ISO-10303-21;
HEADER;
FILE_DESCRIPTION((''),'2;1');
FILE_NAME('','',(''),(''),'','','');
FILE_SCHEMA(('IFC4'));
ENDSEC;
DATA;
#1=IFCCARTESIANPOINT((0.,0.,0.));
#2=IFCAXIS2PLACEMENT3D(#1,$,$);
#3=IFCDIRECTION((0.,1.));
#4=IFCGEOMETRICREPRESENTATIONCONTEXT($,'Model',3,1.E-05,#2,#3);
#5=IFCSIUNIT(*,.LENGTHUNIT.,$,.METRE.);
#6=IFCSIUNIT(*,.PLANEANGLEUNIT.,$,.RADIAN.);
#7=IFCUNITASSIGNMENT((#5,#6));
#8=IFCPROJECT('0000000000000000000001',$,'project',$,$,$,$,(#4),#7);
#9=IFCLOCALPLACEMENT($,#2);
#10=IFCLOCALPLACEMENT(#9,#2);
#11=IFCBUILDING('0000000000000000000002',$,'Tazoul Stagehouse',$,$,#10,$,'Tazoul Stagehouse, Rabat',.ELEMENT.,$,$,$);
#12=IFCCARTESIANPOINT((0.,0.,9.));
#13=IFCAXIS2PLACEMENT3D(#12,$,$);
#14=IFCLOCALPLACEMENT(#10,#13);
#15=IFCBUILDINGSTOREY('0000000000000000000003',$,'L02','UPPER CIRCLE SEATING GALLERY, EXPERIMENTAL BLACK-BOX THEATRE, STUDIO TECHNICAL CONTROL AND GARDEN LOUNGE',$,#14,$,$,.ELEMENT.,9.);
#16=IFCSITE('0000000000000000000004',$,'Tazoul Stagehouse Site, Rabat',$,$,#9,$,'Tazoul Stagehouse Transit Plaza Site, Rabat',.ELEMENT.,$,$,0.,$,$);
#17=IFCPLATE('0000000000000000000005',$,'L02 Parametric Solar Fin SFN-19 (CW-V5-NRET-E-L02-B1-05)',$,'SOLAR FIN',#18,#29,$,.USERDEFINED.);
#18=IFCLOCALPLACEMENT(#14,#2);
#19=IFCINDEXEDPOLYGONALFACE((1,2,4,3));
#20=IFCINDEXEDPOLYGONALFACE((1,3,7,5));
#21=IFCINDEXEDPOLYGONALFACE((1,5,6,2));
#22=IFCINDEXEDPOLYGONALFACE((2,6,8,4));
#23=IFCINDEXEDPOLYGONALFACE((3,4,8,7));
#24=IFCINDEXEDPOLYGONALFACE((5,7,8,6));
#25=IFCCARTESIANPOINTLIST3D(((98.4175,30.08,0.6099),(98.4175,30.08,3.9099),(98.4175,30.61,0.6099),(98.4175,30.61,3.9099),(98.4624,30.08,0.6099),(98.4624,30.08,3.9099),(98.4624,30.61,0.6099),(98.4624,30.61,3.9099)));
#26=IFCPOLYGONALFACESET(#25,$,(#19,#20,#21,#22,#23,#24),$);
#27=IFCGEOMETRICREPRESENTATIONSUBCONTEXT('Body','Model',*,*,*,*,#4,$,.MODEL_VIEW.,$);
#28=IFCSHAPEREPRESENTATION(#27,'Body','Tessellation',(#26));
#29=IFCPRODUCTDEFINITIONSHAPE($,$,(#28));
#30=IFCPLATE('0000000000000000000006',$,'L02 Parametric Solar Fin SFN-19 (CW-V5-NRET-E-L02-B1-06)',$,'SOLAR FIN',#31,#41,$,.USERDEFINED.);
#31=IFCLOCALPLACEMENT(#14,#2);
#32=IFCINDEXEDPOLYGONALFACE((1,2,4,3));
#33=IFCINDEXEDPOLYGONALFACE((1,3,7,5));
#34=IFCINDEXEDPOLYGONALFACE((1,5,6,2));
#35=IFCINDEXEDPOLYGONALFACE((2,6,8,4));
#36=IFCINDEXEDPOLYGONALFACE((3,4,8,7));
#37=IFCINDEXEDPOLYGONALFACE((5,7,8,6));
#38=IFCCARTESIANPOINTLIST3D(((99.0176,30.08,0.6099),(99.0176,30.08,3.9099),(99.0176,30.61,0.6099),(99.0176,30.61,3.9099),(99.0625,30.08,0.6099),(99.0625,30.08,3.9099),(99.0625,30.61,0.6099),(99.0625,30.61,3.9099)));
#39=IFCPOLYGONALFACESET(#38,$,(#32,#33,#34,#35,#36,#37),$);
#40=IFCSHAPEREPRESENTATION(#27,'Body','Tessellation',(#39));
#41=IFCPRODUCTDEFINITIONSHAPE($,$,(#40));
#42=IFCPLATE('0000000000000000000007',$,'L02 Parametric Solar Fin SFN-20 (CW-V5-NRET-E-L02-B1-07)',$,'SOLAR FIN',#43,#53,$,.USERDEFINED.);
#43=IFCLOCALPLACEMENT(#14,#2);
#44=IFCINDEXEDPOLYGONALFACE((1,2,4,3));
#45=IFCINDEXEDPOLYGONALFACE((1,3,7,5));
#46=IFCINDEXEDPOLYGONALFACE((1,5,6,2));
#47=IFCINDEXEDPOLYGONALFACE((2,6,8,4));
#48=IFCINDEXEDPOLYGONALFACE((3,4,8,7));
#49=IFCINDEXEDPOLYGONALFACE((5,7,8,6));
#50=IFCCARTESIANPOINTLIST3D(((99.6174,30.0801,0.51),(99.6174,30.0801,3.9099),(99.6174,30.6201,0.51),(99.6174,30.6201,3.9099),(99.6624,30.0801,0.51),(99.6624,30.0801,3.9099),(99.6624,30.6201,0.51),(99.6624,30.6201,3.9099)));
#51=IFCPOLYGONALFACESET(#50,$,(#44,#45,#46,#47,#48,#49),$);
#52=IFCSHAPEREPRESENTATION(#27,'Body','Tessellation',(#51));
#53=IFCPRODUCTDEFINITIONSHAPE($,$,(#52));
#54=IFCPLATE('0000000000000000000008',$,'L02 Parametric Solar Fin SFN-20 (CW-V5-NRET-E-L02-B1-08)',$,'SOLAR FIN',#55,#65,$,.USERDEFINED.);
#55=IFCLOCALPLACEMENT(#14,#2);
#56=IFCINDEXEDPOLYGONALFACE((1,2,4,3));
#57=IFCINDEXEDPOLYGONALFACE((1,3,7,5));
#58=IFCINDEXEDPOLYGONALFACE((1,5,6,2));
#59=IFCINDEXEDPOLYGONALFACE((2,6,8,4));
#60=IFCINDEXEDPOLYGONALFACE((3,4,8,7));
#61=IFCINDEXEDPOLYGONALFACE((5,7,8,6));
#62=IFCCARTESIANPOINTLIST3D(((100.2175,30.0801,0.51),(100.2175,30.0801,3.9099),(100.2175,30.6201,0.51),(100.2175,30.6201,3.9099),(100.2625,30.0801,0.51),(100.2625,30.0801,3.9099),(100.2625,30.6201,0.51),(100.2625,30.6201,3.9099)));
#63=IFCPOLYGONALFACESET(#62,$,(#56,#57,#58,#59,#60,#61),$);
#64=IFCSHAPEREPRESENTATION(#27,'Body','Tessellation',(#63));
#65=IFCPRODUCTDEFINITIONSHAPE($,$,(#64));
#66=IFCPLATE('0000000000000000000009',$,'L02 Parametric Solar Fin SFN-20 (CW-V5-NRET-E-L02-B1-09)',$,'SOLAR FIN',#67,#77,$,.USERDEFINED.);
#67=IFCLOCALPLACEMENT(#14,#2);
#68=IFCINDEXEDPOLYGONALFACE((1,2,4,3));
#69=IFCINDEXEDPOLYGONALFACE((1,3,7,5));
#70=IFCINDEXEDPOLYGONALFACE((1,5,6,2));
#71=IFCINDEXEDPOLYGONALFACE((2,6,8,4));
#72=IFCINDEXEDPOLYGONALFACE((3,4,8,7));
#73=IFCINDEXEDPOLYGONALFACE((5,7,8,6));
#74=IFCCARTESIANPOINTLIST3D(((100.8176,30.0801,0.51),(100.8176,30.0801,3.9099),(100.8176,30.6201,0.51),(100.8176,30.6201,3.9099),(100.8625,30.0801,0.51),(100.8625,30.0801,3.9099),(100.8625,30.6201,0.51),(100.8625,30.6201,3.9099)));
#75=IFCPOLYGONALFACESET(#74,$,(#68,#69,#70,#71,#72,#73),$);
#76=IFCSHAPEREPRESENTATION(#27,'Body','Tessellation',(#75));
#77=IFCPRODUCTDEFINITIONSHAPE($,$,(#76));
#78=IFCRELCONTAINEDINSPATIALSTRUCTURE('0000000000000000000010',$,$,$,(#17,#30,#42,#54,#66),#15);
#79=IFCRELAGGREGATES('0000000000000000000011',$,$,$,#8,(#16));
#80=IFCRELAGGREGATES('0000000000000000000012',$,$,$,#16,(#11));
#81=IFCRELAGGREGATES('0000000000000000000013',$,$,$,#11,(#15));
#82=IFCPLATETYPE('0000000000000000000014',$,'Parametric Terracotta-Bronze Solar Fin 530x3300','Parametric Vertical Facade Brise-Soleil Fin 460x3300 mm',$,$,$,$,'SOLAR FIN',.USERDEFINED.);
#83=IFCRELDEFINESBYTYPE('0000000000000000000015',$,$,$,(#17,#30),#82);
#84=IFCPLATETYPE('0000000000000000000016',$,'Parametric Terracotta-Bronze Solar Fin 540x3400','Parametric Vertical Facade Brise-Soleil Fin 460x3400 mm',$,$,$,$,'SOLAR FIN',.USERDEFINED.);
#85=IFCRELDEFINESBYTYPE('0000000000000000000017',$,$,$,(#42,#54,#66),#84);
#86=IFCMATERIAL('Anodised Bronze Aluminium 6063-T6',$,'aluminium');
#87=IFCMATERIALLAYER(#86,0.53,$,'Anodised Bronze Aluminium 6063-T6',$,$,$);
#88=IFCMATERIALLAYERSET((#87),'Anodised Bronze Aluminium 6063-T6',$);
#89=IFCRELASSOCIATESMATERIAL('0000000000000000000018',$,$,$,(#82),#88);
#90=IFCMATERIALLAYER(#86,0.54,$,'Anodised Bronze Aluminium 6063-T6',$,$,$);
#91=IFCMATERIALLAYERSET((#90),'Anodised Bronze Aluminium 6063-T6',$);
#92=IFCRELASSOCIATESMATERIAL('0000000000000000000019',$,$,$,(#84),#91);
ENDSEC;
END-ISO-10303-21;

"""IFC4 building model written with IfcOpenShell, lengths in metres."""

from ifc_helpers import new_model, si_unit, direction, frame, origin, origin_2d, place, context, subcontext, project, spatial, rectangle, extrude, material, layer, layer_set, type_object, element, save


model = new_model("IFC4")

# Units and contexts
model_context = context("Model", 3, precision=1e-05, world=origin(), true_north=direction((0.0, 1.0)))
body_context = subcontext(model_context, "Body", "Model", "MODEL_VIEW")
ifc_project = project(units=[si_unit("LENGTHUNIT", "METRE"), si_unit("PLANEANGLEUNIT", "RADIAN")], contexts=[model_context])

# Site, building, storey
site_placement = place(None, origin())
site = spatial("IfcSite", under=ifc_project, at=site_placement, Name="Tazoul Stagehouse Site, Rabat", LongName="Tazoul Stagehouse Transit Plaza Site, Rabat", CompositionType="ELEMENT", RefElevation=0.0)
building_placement = place(site_placement, origin())
building = spatial("IfcBuilding", under=site, at=building_placement, Name="Tazoul Stagehouse", LongName="Tazoul Stagehouse, Rabat", CompositionType="ELEMENT")
storey_placement = place(building_placement, frame((0.0, 0.0, 9.0)))
storey = spatial("IfcBuildingStorey", under=building, at=storey_placement, Name="L02", Description="UPPER CIRCLE SEATING GALLERY, EXPERIMENTAL BLACK-BOX THEATRE, STUDIO TECHNICAL CONTROL AND GARDEN LOUNGE", CompositionType="ELEMENT", Elevation=9.0)

# Plates
ifc_material = material(Name="Anodised Bronze Aluminium 6063-T6", Category="aluminium")
ifc_layer_1 = layer(ifc_material, 0.53, Name="Anodised Bronze Aluminium 6063-T6")
ifc_layer_set_1 = layer_set([ifc_layer_1], Name="Anodised Bronze Aluminium 6063-T6")
plate_type_1 = type_object("IfcPlateType", Name="Parametric Terracotta-Bronze Solar Fin 530x3300", Description="Parametric Vertical Facade Brise-Soleil Fin 460x3300 mm", ElementType="SOLAR FIN", PredefinedType="USERDEFINED", material=ifc_layer_set_1)
for number, where, z_axis, x_axis, name in (
    (1, (98.4399, 30.345, 0.6099), (0.0, 0.0, 1.0), (1.0, 0.0, 0.0), "L02 Parametric Solar Fin SFN-19 (CW-V5-NRET-E-L02-B1-05)"),
    (2, (99.04, 30.345, 0.6099), (0.0, 0.0, 1.0), (1.0, 0.0, 0.0), "L02 Parametric Solar Fin SFN-19 (CW-V5-NRET-E-L02-B1-06)"),
):
    element("IfcPlate", number, at=place(storey_placement, frame(where, z_axis=z_axis, x_axis=x_axis)), inside=storey, type_object=plate_type_1, Name=name, ObjectType="SOLAR FIN", PredefinedType="USERDEFINED", context=body_context, shape_type="SweptSolid", body=[
        extrude(rectangle(XDim=0.0449, YDim=0.53, at=origin_2d()), origin(), (0.0, 0.0, 1.0), 3.3),
    ])
ifc_layer_2 = layer(ifc_material, 0.54, Name="Anodised Bronze Aluminium 6063-T6")
ifc_layer_set_2 = layer_set([ifc_layer_2], Name="Anodised Bronze Aluminium 6063-T6")
plate_type_2 = type_object("IfcPlateType", Name="Parametric Terracotta-Bronze Solar Fin 540x3400", Description="Parametric Vertical Facade Brise-Soleil Fin 460x3400 mm", ElementType="SOLAR FIN", PredefinedType="USERDEFINED", material=ifc_layer_set_2)
for number, where, z_axis, x_axis, name in (
    (3, (99.6399, 30.3501, 0.51), (0.0, 0.0, 1.0), (1.0, 0.0, 0.0), "L02 Parametric Solar Fin SFN-20 (CW-V5-NRET-E-L02-B1-07)"),
    (4, (100.24, 30.3501, 0.51), (0.0, 0.0, 1.0), (1.0, 0.0, 0.0), "L02 Parametric Solar Fin SFN-20 (CW-V5-NRET-E-L02-B1-08)"),
    (5, (100.8401, 30.3501, 0.51), (0.0, 0.0, 1.0), (1.0, 0.0, 0.0), "L02 Parametric Solar Fin SFN-20 (CW-V5-NRET-E-L02-B1-09)"),
):
    element("IfcPlate", number, at=place(storey_placement, frame(where, z_axis=z_axis, x_axis=x_axis)), inside=storey, type_object=plate_type_2, Name=name, ObjectType="SOLAR FIN", PredefinedType="USERDEFINED", context=body_context, shape_type="SweptSolid", body=[
        extrude(rectangle(XDim=0.0449, YDim=0.54, at=origin_2d()), origin(), (0.0, 0.0, 1.0), 3.3999),
    ])

save(model, "model.ifc")
